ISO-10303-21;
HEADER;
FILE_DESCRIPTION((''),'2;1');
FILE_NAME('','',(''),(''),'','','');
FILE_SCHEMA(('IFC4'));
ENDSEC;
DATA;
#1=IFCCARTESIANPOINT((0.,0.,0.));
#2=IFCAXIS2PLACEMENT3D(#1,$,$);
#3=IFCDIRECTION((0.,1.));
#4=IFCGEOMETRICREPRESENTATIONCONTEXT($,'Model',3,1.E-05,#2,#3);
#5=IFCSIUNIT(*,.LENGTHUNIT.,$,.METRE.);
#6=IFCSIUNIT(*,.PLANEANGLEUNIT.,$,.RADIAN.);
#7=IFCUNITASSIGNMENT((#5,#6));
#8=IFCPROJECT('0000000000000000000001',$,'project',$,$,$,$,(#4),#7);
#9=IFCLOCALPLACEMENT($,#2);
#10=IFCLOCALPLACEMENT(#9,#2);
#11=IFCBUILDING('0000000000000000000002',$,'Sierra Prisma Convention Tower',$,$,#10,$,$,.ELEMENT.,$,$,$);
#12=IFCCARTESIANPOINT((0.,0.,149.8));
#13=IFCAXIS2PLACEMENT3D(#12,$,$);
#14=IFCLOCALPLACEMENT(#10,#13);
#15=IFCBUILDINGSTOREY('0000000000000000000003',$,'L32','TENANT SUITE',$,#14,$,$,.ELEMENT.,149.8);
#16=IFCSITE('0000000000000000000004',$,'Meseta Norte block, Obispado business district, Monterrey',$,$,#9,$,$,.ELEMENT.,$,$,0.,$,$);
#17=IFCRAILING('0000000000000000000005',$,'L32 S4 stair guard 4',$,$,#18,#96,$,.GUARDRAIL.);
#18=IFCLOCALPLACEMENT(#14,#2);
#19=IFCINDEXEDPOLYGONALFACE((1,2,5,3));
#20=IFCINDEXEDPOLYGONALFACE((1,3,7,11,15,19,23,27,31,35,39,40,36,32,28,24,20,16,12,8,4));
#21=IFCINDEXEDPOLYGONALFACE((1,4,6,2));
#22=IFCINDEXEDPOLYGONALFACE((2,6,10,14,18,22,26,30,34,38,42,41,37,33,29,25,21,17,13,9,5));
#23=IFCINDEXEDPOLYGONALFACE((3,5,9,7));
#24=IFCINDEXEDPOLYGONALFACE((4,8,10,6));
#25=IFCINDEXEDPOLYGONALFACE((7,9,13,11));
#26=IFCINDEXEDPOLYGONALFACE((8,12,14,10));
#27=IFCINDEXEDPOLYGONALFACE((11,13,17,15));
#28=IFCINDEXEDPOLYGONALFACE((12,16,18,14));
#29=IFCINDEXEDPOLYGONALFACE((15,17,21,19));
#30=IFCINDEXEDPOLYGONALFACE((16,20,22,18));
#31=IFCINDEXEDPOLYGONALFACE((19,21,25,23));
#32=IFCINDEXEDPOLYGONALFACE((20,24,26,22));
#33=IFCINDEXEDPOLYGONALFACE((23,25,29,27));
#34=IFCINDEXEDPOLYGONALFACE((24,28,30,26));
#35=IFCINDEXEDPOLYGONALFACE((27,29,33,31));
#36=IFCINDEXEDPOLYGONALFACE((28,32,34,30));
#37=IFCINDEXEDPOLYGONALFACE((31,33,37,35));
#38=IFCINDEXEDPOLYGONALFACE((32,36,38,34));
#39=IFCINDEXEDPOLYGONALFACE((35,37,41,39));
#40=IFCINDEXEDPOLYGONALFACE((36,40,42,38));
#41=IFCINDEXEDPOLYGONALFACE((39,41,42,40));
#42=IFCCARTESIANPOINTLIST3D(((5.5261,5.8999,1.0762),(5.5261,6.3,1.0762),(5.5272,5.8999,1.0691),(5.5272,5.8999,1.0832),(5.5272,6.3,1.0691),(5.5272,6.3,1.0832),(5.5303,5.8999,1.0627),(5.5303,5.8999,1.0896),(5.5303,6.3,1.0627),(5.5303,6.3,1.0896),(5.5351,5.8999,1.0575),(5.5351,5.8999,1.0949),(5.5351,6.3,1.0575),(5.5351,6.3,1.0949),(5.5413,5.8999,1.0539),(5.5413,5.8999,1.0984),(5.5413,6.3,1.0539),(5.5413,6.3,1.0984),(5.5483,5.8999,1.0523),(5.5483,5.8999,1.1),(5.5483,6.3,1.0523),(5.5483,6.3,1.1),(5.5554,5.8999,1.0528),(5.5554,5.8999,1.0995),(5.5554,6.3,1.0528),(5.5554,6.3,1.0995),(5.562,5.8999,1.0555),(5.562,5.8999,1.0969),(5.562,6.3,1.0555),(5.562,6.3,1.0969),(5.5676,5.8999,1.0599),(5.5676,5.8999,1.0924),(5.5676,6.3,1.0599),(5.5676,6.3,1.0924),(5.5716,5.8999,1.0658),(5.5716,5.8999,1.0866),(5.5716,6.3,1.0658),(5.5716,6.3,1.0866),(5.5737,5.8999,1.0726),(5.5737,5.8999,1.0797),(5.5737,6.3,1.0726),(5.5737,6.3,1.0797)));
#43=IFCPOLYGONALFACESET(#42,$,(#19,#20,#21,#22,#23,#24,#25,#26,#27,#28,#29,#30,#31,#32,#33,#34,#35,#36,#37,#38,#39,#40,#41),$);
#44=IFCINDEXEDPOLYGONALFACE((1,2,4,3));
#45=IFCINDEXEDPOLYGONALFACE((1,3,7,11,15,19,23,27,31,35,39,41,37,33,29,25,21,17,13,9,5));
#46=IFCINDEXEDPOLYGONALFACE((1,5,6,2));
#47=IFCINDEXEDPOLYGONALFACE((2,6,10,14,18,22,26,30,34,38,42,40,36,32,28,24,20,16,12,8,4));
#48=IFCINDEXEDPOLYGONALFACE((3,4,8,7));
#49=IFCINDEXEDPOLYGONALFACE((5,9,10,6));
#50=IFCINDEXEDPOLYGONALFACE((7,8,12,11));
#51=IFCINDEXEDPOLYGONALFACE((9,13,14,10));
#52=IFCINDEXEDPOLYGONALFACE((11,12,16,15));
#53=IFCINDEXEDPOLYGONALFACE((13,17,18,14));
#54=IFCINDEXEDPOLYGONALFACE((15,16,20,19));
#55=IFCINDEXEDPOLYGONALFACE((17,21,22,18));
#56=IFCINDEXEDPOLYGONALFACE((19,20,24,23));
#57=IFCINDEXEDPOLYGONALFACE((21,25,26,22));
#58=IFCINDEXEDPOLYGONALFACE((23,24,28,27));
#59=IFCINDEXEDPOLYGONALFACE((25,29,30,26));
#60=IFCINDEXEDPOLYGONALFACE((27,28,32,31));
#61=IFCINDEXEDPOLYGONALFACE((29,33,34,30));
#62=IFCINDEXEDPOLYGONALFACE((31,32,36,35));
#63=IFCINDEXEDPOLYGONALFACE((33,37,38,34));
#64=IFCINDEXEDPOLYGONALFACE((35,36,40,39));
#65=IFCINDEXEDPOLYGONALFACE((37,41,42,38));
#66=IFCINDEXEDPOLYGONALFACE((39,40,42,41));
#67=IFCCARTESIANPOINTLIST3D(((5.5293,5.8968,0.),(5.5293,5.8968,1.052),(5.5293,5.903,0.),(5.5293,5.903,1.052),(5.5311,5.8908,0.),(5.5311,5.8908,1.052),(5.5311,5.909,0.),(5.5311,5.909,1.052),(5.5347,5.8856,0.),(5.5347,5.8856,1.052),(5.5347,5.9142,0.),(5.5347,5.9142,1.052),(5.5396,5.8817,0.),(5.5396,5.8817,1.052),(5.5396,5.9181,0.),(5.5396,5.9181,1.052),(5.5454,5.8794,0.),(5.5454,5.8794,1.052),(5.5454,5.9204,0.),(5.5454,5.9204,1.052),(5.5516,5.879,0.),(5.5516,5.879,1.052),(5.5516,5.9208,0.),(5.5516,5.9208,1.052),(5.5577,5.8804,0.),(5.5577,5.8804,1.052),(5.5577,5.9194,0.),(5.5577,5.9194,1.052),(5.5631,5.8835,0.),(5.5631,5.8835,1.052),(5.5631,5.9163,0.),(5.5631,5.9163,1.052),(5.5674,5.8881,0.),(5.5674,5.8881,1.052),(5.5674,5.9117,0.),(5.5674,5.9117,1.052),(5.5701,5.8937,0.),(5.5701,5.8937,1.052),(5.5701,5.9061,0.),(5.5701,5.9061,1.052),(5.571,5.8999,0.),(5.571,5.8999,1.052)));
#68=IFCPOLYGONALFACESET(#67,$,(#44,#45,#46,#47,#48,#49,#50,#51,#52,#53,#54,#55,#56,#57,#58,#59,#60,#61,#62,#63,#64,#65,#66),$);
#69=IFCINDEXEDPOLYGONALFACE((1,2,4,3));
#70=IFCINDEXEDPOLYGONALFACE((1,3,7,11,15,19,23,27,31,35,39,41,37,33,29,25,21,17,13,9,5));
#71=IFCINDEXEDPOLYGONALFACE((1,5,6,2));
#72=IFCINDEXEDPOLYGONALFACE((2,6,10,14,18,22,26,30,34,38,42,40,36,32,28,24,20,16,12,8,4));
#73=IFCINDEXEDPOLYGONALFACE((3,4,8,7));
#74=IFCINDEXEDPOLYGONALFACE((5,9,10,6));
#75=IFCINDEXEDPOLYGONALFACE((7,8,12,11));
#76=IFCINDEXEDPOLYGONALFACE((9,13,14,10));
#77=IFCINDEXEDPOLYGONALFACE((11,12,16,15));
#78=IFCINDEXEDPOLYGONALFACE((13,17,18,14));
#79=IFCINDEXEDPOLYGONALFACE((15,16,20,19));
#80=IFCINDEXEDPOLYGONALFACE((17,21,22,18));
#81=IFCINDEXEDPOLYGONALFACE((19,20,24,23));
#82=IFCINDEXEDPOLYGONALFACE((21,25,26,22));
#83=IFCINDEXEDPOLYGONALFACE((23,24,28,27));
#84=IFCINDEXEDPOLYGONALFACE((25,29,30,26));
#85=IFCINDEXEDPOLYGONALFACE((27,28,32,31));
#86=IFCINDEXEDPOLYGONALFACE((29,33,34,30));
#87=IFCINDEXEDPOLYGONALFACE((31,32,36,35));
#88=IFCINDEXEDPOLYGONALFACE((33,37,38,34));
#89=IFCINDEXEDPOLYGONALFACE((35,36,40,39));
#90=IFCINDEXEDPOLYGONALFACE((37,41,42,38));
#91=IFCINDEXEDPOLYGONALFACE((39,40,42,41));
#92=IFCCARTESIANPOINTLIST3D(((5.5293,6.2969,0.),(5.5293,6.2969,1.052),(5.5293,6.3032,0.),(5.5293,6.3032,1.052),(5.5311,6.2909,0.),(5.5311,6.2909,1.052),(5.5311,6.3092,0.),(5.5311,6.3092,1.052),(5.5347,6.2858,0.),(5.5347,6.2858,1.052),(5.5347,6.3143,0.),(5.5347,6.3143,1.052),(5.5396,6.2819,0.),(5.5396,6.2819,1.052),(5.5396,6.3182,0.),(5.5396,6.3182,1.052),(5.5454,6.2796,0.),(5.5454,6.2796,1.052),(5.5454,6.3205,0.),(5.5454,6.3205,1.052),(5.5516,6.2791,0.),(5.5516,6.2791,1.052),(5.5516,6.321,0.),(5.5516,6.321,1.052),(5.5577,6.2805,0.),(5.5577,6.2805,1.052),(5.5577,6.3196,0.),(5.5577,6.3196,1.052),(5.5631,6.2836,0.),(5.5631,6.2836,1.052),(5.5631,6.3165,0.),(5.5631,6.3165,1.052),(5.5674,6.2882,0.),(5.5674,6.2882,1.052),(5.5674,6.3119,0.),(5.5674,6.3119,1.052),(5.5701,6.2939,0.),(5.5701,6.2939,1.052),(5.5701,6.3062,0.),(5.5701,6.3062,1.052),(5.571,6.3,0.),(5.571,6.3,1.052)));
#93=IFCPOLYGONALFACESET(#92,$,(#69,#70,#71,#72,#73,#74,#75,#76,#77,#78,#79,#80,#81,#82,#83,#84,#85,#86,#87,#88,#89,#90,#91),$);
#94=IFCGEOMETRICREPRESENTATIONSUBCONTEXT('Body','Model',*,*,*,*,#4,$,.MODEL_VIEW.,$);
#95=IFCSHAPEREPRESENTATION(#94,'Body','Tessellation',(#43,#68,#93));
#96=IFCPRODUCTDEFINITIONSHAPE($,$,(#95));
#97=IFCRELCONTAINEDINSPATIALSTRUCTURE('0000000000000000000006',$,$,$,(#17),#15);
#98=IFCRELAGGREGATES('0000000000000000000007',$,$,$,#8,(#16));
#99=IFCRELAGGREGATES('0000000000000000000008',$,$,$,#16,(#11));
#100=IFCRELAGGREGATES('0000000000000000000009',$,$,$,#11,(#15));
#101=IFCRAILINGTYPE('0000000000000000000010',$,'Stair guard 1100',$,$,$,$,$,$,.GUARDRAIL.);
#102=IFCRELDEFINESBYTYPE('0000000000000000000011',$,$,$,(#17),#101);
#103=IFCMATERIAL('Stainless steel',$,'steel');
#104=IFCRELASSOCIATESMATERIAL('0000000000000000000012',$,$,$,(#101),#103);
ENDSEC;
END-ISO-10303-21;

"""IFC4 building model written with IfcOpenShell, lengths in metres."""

from ifc_helpers import new_model, si_unit, direction, frame, origin, origin_2d, place, context, subcontext, project, spatial, circle, extrude, material, type_object, element, save


model = new_model("IFC4")

# Units and contexts
model_context = context("Model", 3, precision=1e-05, world=origin(), true_north=direction((0.0, 1.0)))
body_context = subcontext(model_context, "Body", "Model", "MODEL_VIEW")
ifc_project = project(units=[si_unit("LENGTHUNIT", "METRE"), si_unit("PLANEANGLEUNIT", "RADIAN")], contexts=[model_context])

# Site, building, storey
site_placement = place(None, origin())
site = spatial("IfcSite", under=ifc_project, at=site_placement, Name="Meseta Norte block, Obispado business district, Monterrey", CompositionType="ELEMENT", RefElevation=0.0)
building_placement = place(site_placement, origin())
building = spatial("IfcBuilding", under=site, at=building_placement, Name="Sierra Prisma Convention Tower", CompositionType="ELEMENT")
storey_placement = place(building_placement, frame((0.0, 0.0, 149.8)))
storey = spatial("IfcBuildingStorey", under=building, at=storey_placement, Name="L32", Description="TENANT SUITE", CompositionType="ELEMENT", Elevation=149.8)

# Railing
ifc_material_1 = material(Name="Stainless steel", Category="steel")
railing_type_1 = type_object("IfcRailingType", Name="Stair guard 1100", PredefinedType="GUARDRAIL", material=ifc_material_1)
railing_1_placement = place(storey_placement, frame((5.55, 5.8999, 0.0)))
element("IfcRailing", 1, at=railing_1_placement, inside=storey, type_object=railing_type_1, Name="L32 S4 stair guard 4", PredefinedType="GUARDRAIL", context=body_context, shape_type="SweptSolid", body=[
    extrude(circle(Radius=0.0239, at=origin_2d()), frame((0.0, 0.0, 1.0762), z_axis=(0.0, 1.0, 0.0), x_axis=(-1.0, 0.0, 0.0)), (0.0, 0.0, 1.0), 0.4001),
    extrude(circle(Radius=0.021, at=origin_2d()), origin(), (0.0, 0.0, 1.0), 1.052),
    extrude(circle(Radius=0.021, at=origin_2d()), frame((0.0, 0.4001, 0.0)), (0.0, 0.0, 1.0), 1.052),
])

save(model, "model.ifc")
